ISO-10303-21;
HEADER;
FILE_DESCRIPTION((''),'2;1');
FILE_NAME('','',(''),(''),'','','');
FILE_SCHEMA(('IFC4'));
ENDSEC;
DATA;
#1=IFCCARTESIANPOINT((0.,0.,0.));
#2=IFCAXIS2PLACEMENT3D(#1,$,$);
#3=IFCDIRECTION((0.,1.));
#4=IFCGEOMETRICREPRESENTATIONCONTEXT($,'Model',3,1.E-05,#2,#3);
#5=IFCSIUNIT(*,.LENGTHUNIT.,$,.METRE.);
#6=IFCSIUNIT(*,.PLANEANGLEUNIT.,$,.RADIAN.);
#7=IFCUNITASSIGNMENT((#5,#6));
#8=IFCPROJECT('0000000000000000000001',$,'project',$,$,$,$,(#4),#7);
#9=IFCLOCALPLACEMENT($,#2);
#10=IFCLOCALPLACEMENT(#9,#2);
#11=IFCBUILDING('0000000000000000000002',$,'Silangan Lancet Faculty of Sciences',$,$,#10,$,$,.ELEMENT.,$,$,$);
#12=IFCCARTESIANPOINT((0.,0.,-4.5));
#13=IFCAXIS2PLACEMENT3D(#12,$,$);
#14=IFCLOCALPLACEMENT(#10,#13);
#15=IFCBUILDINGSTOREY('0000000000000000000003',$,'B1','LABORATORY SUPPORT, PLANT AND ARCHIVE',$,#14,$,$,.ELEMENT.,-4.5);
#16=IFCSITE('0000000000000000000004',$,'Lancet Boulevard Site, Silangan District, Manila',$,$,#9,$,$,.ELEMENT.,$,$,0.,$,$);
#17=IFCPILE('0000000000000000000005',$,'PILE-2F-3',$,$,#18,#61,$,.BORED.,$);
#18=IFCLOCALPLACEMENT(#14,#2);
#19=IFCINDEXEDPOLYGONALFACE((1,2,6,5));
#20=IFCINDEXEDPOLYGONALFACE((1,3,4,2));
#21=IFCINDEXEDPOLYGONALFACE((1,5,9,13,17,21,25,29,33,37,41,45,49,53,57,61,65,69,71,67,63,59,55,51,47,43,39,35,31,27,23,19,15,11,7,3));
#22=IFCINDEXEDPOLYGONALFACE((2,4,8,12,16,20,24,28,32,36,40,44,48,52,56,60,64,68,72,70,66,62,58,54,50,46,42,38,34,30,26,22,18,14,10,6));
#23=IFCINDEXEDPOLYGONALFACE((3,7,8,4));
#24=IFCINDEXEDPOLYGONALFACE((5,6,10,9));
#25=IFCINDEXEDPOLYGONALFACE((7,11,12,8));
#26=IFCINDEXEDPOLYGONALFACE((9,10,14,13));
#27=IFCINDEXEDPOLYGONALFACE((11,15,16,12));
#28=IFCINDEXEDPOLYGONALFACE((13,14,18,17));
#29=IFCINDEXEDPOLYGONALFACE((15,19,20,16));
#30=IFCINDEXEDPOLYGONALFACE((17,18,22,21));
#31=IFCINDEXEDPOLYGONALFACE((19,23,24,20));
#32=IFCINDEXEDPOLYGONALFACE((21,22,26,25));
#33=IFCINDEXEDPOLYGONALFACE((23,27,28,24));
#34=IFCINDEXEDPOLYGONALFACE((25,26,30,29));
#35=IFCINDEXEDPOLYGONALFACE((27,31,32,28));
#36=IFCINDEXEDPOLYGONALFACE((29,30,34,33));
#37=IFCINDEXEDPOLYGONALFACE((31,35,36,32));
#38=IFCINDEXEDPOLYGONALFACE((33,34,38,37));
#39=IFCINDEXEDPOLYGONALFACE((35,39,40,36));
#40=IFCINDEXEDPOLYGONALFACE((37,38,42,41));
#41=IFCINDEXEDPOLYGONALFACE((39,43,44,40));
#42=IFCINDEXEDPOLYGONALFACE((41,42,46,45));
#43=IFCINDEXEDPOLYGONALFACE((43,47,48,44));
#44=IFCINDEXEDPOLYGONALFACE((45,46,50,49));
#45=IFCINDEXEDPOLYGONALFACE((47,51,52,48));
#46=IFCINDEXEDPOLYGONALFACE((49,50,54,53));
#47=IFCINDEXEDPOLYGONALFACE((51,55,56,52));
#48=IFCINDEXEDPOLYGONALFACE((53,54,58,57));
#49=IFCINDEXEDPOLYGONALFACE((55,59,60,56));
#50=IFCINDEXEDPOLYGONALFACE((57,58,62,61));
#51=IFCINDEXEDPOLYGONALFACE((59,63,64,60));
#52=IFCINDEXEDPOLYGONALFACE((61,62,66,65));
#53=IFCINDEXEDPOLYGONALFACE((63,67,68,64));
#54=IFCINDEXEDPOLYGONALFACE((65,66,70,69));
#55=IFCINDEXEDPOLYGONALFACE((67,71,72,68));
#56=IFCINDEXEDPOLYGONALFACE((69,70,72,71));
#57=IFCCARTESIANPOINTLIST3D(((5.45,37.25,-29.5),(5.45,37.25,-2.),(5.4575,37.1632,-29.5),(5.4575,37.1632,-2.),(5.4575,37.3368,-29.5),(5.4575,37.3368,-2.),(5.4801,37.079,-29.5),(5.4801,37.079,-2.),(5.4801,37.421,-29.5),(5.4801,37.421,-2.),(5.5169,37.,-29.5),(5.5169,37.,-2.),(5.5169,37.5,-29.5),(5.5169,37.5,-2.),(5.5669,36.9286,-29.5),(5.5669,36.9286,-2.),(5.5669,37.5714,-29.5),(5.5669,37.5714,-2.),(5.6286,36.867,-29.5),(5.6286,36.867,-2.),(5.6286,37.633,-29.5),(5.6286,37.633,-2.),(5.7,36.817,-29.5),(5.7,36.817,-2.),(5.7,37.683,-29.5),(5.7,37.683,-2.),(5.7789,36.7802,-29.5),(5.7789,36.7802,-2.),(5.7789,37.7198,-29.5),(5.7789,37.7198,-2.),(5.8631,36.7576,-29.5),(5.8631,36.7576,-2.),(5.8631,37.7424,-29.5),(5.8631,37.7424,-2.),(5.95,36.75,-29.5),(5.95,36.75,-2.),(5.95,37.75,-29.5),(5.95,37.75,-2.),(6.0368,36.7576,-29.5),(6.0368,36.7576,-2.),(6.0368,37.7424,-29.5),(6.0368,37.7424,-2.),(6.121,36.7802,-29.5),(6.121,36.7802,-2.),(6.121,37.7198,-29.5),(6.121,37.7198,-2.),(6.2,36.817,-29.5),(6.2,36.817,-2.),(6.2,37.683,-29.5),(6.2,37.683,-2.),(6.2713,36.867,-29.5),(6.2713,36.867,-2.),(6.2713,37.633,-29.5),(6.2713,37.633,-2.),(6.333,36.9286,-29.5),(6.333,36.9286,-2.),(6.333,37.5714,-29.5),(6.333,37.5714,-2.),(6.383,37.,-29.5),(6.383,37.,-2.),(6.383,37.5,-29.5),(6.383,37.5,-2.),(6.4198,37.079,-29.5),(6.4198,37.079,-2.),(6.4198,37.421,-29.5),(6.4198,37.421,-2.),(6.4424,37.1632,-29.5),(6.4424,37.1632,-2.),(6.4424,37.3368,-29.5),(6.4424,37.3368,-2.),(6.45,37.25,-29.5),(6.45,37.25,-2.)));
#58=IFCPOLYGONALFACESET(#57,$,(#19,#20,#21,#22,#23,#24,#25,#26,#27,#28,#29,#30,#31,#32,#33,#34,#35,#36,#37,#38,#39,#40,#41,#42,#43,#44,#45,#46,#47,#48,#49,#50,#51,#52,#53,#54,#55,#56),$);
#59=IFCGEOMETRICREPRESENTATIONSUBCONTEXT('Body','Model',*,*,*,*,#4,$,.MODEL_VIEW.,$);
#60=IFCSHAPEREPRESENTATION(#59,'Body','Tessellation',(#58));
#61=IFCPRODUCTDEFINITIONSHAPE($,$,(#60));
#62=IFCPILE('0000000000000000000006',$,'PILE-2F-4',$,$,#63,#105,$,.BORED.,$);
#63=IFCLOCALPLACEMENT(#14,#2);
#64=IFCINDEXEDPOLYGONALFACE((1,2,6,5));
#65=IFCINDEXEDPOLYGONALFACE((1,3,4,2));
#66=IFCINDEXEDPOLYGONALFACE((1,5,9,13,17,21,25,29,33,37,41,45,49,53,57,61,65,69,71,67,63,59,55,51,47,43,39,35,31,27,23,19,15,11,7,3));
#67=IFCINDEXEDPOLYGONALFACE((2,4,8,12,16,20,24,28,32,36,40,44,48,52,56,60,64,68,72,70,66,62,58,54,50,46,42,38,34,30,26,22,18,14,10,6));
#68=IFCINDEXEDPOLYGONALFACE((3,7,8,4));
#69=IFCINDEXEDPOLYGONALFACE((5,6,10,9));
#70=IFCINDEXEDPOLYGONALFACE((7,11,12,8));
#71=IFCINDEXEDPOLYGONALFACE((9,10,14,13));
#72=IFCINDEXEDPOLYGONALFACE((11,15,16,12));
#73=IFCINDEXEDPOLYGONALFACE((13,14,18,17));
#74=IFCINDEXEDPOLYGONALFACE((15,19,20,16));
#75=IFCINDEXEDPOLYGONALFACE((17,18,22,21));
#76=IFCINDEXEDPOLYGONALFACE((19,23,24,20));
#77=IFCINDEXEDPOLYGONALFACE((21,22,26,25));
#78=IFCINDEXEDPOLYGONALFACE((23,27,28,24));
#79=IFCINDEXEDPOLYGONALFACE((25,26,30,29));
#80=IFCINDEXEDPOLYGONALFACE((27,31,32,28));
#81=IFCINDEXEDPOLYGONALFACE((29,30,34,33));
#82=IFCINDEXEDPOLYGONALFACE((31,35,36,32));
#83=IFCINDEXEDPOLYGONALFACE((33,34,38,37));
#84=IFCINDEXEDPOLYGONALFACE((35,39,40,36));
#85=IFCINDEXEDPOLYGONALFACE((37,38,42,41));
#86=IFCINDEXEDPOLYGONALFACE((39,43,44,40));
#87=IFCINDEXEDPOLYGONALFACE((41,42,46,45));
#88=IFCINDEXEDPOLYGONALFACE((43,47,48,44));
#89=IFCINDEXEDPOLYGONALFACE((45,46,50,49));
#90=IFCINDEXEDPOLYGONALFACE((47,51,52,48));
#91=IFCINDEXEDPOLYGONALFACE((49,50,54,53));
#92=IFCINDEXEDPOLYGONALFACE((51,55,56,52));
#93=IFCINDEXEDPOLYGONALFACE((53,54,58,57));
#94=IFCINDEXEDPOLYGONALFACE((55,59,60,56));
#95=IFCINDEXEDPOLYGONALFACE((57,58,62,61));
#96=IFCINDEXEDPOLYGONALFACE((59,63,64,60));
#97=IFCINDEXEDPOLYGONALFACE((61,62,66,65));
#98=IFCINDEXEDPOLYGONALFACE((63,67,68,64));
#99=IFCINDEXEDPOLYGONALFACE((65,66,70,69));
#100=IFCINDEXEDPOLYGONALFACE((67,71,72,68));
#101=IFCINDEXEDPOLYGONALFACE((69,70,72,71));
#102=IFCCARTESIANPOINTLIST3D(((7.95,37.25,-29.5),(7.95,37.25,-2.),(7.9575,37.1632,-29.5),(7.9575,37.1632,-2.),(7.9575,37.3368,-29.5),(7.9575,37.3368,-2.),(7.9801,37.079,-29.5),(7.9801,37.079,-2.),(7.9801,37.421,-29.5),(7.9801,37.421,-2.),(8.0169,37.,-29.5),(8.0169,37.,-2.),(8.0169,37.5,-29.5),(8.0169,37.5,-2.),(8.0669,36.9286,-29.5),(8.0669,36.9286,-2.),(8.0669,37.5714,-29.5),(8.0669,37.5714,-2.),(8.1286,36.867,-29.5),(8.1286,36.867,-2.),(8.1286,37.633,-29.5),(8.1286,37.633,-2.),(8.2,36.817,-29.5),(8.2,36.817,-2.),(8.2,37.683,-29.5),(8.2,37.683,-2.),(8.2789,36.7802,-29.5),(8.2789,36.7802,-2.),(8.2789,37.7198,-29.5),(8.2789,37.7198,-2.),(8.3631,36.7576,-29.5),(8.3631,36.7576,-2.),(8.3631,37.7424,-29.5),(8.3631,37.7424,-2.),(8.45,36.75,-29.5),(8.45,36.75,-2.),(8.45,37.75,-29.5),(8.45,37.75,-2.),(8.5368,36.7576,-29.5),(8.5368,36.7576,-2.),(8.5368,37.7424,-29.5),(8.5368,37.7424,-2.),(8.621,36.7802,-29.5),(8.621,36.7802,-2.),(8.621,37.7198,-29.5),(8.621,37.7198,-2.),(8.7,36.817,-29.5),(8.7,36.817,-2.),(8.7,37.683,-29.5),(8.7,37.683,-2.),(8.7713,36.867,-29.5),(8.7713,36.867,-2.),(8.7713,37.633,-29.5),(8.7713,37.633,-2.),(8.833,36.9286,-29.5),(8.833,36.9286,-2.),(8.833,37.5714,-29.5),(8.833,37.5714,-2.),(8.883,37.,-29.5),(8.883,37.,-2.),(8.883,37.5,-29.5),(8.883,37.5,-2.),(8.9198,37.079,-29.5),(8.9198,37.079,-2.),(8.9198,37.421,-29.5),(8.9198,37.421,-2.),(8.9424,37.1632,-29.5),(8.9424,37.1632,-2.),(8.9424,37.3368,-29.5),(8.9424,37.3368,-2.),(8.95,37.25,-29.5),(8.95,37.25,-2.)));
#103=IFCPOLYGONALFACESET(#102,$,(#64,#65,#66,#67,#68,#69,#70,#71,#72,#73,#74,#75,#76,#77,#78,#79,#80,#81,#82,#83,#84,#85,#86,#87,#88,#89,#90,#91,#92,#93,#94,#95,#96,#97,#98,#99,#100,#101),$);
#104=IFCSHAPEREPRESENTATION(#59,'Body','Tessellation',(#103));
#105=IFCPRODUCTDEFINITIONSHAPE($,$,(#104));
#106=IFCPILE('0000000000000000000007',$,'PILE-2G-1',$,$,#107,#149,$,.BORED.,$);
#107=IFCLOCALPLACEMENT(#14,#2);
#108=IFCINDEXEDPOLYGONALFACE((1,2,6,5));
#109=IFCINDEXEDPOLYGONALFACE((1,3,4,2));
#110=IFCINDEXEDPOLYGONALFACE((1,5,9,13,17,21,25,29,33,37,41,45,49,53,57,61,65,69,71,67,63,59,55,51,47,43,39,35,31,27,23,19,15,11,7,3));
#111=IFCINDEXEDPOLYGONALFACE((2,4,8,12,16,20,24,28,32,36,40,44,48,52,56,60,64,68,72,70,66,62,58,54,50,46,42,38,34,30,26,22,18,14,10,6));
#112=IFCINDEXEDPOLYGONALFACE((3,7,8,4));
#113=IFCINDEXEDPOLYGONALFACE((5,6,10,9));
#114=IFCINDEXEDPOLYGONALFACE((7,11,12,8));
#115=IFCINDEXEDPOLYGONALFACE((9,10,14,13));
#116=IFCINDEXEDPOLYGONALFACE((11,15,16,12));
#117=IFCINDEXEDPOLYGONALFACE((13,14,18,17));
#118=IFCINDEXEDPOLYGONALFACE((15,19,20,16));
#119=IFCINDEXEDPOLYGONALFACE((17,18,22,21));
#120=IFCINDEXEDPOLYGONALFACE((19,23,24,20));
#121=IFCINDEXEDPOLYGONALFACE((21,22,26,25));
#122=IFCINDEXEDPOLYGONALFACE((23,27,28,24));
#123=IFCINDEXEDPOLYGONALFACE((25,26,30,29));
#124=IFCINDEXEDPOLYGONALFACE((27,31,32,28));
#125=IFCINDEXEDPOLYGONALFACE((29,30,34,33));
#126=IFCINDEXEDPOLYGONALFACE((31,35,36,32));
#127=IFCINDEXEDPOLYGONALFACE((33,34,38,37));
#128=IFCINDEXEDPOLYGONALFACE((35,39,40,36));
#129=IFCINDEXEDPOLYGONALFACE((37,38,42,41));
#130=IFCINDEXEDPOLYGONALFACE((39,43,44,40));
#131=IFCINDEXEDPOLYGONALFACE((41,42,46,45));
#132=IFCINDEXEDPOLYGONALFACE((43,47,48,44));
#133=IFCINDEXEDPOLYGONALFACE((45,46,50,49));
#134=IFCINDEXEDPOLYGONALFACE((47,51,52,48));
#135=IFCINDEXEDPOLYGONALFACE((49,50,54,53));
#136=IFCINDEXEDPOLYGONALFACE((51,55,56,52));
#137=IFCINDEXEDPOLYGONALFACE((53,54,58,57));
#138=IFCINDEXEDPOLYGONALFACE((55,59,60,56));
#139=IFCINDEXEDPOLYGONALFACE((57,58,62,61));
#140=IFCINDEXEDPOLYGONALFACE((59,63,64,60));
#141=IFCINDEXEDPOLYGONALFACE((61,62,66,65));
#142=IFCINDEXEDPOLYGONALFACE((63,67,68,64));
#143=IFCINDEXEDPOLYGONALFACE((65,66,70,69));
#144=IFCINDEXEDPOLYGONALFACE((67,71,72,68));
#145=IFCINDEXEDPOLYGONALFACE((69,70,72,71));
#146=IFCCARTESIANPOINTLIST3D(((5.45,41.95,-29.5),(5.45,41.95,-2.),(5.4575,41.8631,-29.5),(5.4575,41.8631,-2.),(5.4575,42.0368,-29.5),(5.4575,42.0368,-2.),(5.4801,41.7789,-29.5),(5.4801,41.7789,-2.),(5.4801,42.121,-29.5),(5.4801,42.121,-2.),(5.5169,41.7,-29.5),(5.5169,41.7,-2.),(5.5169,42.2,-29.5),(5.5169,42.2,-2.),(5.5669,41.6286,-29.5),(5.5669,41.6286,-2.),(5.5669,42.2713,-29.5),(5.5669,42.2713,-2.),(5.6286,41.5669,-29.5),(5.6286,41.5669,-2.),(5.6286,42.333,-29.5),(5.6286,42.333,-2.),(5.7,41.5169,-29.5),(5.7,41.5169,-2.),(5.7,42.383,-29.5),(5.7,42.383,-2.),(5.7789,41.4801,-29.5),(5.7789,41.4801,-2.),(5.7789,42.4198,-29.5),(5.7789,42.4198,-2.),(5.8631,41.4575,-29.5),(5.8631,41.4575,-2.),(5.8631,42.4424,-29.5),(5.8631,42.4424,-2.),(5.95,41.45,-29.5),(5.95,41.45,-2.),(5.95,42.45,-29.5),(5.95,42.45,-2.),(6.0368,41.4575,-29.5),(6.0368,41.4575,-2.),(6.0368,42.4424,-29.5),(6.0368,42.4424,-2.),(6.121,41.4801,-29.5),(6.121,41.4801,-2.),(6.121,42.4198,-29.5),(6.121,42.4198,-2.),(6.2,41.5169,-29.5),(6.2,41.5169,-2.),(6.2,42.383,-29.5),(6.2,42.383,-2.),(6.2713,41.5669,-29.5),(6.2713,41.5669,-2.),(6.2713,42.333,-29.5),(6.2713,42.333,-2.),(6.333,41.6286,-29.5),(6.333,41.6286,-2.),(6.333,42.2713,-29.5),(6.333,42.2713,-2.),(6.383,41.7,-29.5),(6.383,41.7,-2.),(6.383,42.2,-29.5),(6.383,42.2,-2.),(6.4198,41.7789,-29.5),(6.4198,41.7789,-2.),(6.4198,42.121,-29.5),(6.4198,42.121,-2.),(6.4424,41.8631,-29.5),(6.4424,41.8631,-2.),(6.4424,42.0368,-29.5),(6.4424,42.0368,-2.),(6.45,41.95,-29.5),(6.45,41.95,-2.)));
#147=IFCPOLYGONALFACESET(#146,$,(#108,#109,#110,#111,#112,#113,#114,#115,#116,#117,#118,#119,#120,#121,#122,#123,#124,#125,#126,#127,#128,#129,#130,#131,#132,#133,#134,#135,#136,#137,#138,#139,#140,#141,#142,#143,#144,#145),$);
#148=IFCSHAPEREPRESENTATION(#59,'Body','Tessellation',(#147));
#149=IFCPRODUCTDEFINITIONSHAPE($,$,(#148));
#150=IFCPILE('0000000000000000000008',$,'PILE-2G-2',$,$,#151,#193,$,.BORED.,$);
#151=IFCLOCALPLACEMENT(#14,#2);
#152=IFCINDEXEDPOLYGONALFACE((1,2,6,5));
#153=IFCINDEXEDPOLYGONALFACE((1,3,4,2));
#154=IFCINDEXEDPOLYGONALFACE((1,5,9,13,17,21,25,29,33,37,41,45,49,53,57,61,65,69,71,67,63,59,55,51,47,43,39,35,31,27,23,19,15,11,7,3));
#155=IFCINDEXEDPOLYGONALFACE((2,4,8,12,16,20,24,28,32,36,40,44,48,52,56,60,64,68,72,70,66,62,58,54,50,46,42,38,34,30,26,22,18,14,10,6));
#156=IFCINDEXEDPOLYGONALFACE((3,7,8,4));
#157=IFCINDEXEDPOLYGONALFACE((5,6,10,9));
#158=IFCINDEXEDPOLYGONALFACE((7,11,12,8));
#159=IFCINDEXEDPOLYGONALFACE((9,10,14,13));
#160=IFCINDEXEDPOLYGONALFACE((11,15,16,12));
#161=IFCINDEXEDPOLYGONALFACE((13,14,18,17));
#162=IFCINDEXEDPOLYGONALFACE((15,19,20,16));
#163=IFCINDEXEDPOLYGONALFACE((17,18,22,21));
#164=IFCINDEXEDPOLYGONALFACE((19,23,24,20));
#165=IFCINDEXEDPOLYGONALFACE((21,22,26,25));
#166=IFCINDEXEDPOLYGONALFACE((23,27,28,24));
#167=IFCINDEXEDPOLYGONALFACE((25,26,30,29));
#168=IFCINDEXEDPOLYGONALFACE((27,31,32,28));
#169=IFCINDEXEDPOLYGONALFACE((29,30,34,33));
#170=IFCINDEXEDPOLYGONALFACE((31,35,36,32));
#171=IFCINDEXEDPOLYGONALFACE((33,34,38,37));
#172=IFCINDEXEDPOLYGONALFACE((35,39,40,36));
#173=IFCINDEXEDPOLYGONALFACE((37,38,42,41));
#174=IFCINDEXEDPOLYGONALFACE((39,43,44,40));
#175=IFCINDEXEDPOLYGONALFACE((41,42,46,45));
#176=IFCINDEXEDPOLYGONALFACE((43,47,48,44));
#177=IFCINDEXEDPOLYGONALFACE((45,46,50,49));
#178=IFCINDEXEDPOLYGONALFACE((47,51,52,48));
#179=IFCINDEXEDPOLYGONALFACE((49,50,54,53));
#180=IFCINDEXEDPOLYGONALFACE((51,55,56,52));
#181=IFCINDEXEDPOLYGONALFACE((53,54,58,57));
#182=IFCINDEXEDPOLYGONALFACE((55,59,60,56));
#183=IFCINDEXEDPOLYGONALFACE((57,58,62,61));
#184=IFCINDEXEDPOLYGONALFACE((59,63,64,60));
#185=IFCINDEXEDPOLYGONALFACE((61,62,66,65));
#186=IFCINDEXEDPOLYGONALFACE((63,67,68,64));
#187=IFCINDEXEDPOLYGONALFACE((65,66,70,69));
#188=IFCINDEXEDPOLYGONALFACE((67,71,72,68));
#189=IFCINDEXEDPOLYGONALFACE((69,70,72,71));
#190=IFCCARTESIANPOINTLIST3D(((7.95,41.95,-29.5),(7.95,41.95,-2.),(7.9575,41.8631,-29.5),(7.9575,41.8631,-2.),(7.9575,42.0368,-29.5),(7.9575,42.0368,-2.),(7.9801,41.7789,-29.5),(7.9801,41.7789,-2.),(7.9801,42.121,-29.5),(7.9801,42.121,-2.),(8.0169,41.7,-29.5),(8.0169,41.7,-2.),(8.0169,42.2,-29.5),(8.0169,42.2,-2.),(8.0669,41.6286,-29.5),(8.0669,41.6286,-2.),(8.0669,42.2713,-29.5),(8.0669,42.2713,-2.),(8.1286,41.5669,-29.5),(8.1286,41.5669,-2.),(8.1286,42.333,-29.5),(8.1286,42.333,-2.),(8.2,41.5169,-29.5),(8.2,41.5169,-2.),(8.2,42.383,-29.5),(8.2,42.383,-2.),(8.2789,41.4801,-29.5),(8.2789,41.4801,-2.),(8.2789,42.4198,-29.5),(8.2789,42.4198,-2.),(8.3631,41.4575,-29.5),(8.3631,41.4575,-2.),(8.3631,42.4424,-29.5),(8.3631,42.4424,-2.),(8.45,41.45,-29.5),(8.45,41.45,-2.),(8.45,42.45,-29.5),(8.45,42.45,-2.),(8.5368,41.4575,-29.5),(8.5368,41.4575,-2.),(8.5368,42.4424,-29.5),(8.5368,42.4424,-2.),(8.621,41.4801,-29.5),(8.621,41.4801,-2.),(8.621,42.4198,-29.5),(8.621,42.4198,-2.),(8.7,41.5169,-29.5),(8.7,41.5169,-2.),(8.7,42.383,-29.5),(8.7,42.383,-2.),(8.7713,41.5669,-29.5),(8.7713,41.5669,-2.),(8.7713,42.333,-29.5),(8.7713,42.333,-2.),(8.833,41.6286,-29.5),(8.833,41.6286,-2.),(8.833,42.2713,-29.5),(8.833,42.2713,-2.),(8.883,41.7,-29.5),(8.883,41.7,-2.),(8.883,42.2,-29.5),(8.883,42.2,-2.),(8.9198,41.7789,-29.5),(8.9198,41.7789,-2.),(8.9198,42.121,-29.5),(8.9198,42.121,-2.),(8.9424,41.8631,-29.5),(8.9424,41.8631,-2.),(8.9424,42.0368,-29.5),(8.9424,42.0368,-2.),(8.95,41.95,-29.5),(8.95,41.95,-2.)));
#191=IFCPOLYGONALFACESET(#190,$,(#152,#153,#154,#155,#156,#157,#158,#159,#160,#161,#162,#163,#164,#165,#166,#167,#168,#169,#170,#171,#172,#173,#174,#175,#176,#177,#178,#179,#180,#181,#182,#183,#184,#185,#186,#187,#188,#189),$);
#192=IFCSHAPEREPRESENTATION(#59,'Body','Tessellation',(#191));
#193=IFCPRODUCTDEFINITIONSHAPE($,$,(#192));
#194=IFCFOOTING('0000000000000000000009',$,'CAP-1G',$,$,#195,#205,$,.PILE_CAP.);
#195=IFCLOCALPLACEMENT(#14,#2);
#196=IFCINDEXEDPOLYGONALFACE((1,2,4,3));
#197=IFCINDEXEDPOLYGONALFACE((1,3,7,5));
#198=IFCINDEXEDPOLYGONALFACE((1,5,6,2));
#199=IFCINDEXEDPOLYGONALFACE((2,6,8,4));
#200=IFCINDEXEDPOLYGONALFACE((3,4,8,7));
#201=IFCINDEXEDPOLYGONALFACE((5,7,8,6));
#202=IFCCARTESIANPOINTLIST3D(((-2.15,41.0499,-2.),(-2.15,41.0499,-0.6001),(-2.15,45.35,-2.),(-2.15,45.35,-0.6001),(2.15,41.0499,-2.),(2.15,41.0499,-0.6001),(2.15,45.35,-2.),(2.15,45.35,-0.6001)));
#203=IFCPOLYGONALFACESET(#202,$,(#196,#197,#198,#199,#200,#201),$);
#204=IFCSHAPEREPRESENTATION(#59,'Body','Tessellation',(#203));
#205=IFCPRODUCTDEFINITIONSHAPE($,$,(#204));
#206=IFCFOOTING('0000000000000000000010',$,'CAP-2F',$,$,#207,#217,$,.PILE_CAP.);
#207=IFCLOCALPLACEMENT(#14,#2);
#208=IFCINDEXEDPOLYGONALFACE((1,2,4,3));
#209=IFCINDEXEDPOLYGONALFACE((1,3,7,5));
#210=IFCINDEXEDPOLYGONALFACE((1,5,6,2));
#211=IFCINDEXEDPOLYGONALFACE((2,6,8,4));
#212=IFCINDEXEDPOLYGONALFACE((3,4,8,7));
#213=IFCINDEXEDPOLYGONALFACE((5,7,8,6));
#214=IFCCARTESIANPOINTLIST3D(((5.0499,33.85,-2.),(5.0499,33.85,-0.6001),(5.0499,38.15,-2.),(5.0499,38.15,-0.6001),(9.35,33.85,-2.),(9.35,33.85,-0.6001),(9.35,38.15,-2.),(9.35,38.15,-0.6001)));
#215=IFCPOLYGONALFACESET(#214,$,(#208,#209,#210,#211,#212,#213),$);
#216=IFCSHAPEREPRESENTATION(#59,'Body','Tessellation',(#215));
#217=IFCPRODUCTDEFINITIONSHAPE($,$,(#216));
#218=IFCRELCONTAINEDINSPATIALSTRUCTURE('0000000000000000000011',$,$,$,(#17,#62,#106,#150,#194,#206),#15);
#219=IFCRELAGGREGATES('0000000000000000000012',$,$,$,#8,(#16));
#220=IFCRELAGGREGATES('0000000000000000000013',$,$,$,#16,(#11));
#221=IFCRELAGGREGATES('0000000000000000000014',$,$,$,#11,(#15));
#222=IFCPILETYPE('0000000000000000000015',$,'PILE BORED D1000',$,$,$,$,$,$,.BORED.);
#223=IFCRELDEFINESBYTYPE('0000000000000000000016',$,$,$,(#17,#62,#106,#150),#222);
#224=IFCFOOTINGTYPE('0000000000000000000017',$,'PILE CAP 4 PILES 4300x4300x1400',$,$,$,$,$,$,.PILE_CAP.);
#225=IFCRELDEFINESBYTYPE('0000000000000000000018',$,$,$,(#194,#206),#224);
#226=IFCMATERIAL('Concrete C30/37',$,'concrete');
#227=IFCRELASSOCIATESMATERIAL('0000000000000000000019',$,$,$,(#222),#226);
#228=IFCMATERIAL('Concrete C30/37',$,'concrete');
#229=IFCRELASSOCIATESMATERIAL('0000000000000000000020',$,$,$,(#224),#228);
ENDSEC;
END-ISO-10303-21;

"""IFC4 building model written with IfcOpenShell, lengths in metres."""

from ifc_helpers import new_model, si_unit, direction, frame, origin, origin_2d, place, context, subcontext, project, spatial, rectangle, circle, extrude, material, material_profile, profile_set, type_object, element, save


model = new_model("IFC4")

# Units and contexts
model_context = context("Model", 3, precision=1e-05, world=origin(), true_north=direction((0.0, 1.0)))
body_context = subcontext(model_context, "Body", "Model", "MODEL_VIEW")
ifc_project = project(units=[si_unit("LENGTHUNIT", "METRE"), si_unit("PLANEANGLEUNIT", "RADIAN")], contexts=[model_context])

# Site, building, storey
site_placement = place(None, origin())
site = spatial("IfcSite", under=ifc_project, at=site_placement, Name="Lancet Boulevard Site, Silangan District, Manila", CompositionType="ELEMENT", RefElevation=0.0)
building_placement = place(site_placement, origin())
building = spatial("IfcBuilding", under=site, at=building_placement, Name="Silangan Lancet Faculty of Sciences", CompositionType="ELEMENT")
storey_placement = place(building_placement, frame((0.0, 0.0, -4.5)))
storey = spatial("IfcBuildingStorey", under=building, at=storey_placement, Name="B1", Description="LABORATORY SUPPORT, PLANT AND ARCHIVE", CompositionType="ELEMENT", Elevation=-4.5)

# Piles
ifc_material_1 = material(Name="Concrete C30/37", Category="concrete")
ifc_material_profile_1 = material_profile(ifc_material_1, circle(Radius=0.5, at=origin_2d()), Name="BORED PILE D1000")
ifc_profile_set_1 = profile_set([ifc_material_profile_1], Name="Concrete C30/37")
pile_type = type_object("IfcPileType", Name="PILE BORED D1000", PredefinedType="BORED", material=ifc_profile_set_1)
for number, where, z_axis, x_axis, name in (
    (1, (5.95, 37.25, -2.0), (0.0, 0.0, -1.0), (1.0, 0.0, 0.0), "PILE-2F-3"),
    (2, (8.45, 37.25, -2.0), (0.0, 0.0, -1.0), (1.0, 0.0, 0.0), "PILE-2F-4"),
    (3, (5.95, 41.95, -2.0), (0.0, 0.0, -1.0), (1.0, 0.0, 0.0), "PILE-2G-1"),
    (4, (8.45, 41.95, -2.0), (0.0, 0.0, -1.0), (1.0, 0.0, 0.0), "PILE-2G-2"),
):
    element("IfcPile", number, at=place(storey_placement, frame(where, z_axis=z_axis, x_axis=x_axis)), inside=storey, type_object=pile_type, Name=name, PredefinedType="BORED", context=body_context, shape_type="SweptSolid", body=[
        extrude(circle(Radius=0.5, at=origin_2d()), origin(), (0.0, 0.0, 1.0), 27.5),
    ])

# Footings
ifc_material_2 = material(Name="Concrete C30/37", Category="concrete")
footing_type_1 = type_object("IfcFootingType", Name="PILE CAP 4 PILES 4300x4300x1400", PredefinedType="PILE_CAP", material=ifc_material_2)
for number, where, z_axis, x_axis, name in (
    (5, (0.0, 43.2, -2.0), (0.0, 0.0, 1.0), (1.0, 0.0, 0.0), "CAP-1G"),
    (6, (7.2, 36.0, -2.0), (0.0, 0.0, 1.0), (1.0, 0.0, 0.0), "CAP-2F"),
):
    element("IfcFooting", number, at=place(storey_placement, frame(where, z_axis=z_axis, x_axis=x_axis)), inside=storey, type_object=footing_type_1, Name=name, PredefinedType="PILE_CAP", context=body_context, shape_type="SweptSolid", body=[
        extrude(rectangle(XDim=4.3, YDim=4.3, at=origin_2d()), origin(), (0.0, 0.0, 1.0), 1.3999),
    ])

save(model, "model.ifc")
